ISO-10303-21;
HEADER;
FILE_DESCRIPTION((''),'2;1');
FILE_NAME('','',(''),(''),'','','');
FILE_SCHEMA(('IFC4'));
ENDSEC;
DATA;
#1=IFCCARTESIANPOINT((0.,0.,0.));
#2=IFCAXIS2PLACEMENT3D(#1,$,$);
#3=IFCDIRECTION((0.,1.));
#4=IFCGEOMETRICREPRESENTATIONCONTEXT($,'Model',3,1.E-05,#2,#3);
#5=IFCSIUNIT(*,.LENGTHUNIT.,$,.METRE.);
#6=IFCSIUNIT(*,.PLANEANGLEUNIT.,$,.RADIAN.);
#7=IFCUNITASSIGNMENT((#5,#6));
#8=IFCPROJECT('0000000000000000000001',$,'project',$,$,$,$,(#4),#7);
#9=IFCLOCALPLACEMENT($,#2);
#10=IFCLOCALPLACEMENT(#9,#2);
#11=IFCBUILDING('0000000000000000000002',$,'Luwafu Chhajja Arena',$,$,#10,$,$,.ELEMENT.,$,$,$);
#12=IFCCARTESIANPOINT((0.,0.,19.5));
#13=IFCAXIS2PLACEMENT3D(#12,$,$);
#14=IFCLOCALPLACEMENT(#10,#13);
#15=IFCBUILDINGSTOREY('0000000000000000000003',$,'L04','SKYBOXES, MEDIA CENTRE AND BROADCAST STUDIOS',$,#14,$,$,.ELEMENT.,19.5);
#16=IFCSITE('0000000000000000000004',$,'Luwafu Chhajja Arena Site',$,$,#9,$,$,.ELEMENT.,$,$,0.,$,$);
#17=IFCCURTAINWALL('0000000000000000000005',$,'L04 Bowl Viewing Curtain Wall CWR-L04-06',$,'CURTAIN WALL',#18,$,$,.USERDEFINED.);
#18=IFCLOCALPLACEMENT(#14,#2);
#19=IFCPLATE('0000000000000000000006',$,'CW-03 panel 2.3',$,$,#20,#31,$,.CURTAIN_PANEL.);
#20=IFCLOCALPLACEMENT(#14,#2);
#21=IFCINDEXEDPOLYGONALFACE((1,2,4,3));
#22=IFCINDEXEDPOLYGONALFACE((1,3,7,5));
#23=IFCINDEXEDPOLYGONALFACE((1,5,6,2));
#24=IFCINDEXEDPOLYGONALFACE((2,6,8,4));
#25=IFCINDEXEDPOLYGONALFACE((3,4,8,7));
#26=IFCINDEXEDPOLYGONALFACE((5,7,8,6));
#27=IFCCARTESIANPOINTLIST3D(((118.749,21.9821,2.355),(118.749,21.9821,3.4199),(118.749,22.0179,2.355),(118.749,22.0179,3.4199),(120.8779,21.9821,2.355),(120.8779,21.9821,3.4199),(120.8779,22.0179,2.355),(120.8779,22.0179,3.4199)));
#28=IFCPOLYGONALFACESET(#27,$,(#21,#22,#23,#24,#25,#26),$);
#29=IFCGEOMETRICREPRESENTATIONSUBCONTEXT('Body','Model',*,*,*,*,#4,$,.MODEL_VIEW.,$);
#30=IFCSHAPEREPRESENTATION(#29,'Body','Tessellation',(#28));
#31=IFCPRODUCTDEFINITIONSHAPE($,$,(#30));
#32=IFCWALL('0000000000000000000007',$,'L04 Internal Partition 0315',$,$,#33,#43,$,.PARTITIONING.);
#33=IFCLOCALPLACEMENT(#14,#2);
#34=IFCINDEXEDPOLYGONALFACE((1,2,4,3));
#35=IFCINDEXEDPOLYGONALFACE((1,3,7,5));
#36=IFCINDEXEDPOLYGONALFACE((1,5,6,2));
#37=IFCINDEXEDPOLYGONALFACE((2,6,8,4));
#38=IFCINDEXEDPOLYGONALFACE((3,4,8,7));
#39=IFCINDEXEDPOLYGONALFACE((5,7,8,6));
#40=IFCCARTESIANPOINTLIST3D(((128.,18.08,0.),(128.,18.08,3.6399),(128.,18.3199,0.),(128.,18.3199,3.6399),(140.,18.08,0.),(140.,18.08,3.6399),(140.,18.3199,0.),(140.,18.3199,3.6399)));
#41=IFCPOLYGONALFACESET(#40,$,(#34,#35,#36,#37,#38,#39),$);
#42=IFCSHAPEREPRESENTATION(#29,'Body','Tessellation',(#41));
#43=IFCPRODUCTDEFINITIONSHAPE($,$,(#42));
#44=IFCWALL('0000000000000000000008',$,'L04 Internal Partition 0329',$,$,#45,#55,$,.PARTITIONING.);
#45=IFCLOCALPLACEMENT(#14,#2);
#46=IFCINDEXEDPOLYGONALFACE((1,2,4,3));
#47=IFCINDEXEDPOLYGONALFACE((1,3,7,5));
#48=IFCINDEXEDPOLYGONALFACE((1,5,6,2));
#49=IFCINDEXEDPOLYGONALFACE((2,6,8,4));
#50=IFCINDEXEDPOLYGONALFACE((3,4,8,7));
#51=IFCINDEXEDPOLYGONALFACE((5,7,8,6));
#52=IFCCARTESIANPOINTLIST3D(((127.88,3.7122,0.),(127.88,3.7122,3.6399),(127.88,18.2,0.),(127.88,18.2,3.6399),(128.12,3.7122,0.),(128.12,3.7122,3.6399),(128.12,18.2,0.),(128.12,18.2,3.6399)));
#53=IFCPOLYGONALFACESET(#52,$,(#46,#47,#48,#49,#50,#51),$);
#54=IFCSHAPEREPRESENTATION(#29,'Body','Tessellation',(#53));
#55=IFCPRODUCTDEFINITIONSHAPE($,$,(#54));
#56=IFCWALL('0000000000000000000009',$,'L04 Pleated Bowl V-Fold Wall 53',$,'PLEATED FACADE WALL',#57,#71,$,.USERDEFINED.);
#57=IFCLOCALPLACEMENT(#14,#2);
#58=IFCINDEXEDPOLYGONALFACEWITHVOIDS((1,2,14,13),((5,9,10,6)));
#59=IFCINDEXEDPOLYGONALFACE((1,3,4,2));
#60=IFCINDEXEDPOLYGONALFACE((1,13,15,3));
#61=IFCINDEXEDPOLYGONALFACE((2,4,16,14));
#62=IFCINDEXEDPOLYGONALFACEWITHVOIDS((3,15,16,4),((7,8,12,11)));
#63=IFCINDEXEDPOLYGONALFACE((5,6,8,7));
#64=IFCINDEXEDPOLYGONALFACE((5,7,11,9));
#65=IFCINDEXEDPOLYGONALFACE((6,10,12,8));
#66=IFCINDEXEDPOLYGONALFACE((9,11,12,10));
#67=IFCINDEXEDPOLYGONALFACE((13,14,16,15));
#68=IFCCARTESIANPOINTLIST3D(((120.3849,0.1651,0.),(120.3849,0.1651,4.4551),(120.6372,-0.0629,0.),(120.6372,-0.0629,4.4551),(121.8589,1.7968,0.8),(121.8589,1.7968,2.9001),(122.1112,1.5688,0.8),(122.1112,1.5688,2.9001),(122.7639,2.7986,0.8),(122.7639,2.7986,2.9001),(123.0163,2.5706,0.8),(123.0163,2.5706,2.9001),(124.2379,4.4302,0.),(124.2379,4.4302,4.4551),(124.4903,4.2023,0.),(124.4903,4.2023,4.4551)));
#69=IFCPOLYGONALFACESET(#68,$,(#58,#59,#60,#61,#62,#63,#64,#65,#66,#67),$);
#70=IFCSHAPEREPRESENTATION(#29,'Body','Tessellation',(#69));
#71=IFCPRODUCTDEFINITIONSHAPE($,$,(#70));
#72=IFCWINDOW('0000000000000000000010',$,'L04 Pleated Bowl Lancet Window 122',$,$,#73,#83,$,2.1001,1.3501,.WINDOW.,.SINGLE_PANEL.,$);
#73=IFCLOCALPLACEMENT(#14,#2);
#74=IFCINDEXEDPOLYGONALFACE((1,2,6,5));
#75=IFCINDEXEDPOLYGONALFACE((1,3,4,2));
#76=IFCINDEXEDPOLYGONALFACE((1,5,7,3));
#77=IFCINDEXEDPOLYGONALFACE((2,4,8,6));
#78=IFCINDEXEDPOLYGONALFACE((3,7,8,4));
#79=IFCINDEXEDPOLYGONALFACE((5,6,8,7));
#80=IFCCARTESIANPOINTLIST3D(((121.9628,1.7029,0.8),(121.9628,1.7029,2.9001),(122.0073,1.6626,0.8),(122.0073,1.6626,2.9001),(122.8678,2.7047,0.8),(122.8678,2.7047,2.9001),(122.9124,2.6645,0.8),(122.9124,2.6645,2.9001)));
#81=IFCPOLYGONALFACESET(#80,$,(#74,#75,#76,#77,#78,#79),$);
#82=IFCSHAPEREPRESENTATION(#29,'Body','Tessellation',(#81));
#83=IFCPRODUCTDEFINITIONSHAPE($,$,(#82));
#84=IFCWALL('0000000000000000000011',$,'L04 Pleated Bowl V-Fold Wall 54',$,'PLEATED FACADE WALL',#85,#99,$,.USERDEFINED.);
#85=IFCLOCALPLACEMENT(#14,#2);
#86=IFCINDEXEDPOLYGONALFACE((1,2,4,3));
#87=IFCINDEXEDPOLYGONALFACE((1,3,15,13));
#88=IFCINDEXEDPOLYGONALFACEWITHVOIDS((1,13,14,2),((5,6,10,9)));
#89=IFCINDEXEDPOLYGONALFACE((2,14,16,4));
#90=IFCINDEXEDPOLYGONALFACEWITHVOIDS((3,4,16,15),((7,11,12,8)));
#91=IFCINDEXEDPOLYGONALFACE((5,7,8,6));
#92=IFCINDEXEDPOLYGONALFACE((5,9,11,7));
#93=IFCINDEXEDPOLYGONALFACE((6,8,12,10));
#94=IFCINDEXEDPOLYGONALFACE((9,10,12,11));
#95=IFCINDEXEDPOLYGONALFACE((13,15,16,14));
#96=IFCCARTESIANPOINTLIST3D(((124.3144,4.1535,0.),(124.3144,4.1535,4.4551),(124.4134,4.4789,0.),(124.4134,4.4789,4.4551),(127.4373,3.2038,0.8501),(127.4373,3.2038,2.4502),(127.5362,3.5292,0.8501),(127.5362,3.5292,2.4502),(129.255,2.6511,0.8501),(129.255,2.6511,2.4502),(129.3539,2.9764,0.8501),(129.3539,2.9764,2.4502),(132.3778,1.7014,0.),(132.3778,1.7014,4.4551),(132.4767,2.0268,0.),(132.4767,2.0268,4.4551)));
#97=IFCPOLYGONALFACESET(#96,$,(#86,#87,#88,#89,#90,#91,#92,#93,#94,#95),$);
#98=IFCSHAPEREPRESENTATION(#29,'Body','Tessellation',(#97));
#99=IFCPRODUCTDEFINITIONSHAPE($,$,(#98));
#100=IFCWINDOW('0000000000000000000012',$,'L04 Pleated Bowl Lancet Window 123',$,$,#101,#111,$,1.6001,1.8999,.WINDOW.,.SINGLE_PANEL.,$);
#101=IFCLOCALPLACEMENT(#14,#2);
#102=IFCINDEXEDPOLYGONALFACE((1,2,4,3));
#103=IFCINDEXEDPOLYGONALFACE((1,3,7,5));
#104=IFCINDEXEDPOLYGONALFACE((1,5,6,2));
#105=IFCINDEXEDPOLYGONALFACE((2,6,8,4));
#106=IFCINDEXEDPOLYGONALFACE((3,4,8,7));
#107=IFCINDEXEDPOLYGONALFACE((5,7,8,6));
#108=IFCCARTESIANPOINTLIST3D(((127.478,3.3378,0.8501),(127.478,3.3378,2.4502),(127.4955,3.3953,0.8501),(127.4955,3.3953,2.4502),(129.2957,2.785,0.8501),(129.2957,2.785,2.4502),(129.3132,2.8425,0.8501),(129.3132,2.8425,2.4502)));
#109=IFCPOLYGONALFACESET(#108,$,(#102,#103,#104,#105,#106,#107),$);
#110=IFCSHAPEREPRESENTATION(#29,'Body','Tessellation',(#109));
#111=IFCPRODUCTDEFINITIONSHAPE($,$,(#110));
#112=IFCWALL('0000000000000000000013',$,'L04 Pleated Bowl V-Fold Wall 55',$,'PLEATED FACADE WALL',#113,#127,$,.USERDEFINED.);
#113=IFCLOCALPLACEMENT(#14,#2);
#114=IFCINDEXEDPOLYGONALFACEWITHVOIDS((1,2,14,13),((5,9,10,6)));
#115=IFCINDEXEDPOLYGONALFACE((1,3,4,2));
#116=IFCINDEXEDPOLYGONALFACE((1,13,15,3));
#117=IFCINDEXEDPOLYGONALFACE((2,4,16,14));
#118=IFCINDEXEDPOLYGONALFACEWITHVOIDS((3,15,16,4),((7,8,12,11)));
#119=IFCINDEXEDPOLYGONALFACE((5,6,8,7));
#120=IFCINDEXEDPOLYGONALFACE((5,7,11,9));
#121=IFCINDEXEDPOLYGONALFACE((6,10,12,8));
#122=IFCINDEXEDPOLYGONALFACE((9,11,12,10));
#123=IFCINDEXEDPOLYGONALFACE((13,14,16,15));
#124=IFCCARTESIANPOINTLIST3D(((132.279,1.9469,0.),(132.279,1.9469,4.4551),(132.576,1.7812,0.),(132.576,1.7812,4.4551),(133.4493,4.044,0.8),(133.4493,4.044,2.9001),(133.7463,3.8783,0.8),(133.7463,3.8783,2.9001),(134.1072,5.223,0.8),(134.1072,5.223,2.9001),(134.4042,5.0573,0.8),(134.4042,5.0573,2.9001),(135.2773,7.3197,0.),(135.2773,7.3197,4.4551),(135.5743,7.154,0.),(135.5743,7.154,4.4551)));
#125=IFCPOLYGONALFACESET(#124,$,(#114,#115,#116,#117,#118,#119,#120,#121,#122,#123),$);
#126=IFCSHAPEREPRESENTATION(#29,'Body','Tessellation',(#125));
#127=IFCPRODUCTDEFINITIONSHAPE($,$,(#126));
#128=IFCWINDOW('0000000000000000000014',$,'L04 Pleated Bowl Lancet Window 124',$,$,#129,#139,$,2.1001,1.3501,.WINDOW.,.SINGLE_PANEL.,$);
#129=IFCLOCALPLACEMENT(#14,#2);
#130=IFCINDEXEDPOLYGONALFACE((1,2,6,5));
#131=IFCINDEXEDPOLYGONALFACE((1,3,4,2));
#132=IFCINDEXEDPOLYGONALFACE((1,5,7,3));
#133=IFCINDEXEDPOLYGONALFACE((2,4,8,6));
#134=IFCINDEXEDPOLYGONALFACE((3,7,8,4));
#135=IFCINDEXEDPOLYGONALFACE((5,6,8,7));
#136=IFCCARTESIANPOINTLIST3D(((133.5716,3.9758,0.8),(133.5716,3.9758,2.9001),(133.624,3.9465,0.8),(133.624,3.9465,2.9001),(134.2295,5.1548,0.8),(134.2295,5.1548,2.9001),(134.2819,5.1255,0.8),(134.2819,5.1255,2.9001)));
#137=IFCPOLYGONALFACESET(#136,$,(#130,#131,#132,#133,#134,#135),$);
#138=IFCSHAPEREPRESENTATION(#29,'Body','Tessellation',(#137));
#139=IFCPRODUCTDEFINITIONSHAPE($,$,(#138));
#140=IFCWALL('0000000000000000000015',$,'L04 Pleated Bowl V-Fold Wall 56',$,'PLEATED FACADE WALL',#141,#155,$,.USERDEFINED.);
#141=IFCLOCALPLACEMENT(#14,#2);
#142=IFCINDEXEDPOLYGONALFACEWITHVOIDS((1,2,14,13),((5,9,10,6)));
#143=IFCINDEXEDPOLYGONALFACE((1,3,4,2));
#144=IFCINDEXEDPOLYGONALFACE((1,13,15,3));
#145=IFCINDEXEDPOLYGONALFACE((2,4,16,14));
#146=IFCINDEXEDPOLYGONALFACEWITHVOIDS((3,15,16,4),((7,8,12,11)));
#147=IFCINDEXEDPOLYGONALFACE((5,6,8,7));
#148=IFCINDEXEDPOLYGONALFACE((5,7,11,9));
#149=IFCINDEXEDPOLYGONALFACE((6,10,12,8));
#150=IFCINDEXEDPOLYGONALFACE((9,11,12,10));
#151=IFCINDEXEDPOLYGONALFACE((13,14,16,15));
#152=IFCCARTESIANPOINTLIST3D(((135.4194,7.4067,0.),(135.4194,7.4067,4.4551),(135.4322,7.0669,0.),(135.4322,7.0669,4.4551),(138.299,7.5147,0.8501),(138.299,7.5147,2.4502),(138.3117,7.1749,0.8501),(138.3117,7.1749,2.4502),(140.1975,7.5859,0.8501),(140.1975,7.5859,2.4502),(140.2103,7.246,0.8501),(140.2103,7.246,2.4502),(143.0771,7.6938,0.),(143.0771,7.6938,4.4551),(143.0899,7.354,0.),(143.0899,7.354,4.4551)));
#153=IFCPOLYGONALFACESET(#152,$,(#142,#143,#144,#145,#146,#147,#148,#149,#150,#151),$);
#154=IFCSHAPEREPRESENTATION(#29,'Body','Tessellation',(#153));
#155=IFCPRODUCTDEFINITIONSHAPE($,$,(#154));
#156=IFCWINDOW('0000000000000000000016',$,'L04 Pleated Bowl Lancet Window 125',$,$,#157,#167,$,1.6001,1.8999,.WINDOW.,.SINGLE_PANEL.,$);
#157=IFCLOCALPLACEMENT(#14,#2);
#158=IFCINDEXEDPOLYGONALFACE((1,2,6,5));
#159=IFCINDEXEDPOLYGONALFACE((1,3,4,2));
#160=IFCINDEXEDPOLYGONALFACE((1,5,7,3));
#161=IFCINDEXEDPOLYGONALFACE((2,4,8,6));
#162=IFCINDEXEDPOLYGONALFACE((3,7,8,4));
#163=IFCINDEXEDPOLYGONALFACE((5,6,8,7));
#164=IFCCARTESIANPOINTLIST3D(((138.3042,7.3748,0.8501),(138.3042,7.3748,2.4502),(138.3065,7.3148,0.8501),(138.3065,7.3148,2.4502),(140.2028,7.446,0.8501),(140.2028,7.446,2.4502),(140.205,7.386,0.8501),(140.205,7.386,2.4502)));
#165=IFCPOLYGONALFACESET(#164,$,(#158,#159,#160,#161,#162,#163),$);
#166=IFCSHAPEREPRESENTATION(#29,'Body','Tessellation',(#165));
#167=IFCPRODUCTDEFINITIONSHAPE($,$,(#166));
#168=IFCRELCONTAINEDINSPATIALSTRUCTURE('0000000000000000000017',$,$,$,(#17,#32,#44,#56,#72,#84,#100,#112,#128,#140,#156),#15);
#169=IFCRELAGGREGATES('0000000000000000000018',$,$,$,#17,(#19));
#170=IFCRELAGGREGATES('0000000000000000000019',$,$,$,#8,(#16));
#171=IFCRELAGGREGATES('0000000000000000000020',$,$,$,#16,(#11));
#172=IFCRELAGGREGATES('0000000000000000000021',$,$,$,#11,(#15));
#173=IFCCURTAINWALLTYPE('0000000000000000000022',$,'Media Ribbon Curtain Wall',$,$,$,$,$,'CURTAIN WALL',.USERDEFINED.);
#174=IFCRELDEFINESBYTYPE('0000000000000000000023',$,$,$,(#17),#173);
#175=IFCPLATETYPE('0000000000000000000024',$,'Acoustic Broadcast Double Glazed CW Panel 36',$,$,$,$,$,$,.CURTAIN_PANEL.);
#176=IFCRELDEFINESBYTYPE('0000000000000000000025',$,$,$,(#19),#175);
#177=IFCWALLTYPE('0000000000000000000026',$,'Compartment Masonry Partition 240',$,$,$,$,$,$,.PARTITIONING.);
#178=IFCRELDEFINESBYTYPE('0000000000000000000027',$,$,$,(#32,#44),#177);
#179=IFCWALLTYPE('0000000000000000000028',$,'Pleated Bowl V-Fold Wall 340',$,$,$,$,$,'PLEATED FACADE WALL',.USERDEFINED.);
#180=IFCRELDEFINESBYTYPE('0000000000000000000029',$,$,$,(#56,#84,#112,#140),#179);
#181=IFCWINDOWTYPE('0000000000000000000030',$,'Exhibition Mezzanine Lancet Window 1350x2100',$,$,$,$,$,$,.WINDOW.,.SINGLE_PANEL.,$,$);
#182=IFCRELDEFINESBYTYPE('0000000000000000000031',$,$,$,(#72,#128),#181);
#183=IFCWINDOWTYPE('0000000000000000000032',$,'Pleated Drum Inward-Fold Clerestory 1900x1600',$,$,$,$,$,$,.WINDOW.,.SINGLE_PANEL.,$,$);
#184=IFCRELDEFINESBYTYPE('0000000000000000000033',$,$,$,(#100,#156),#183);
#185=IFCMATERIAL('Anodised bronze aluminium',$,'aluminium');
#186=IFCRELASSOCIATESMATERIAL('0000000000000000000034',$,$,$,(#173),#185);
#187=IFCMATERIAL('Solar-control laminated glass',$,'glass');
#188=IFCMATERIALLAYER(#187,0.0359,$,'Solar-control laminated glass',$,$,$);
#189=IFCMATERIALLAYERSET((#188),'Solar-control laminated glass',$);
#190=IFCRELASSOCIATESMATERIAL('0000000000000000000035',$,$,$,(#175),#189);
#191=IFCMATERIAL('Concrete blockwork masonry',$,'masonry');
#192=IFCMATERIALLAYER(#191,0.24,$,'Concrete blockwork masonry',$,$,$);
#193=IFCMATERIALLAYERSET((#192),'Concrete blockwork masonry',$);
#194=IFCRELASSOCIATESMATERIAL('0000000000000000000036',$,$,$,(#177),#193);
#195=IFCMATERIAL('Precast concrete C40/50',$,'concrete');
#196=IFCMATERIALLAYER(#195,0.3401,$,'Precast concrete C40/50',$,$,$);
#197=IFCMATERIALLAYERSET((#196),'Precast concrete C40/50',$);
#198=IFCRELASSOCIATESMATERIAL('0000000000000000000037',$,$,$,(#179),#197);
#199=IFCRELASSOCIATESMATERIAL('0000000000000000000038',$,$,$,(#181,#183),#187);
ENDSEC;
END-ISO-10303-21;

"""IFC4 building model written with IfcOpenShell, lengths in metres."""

from ifc_helpers import new_model, si_unit, direction, frame, frame_2d, origin, origin_2d, place, context, subcontext, project, spatial, rectangle, extrude, material, layer, layer_set, type_object, element, fill, aggregate, save


model = new_model("IFC4")

# Units and contexts
model_context = context("Model", 3, precision=1e-05, world=origin(), true_north=direction((0.0, 1.0)))
body_context = subcontext(model_context, "Body", "Model", "MODEL_VIEW")
ifc_project = project(units=[si_unit("LENGTHUNIT", "METRE"), si_unit("PLANEANGLEUNIT", "RADIAN")], contexts=[model_context])

# Site, building, storey
site_placement = place(None, origin())
site = spatial("IfcSite", under=ifc_project, at=site_placement, Name="Luwafu Chhajja Arena Site", CompositionType="ELEMENT", RefElevation=0.0)
building_placement = place(site_placement, origin())
building = spatial("IfcBuilding", under=site, at=building_placement, Name="Luwafu Chhajja Arena", CompositionType="ELEMENT")
storey_placement = place(building_placement, frame((0.0, 0.0, 19.5)))
storey = spatial("IfcBuildingStorey", under=building, at=storey_placement, Name="L04", Description="SKYBOXES, MEDIA CENTRE AND BROADCAST STUDIOS", CompositionType="ELEMENT", Elevation=19.5)

# Curtain wall
ifc_material_1 = material(Name="Anodised bronze aluminium", Category="aluminium")
curtain_wall_type = type_object("IfcCurtainWallType", Name="Media Ribbon Curtain Wall", ElementType="CURTAIN WALL", PredefinedType="USERDEFINED", material=ifc_material_1)
curtain_wall_placement = place(storey_placement, origin())
curtain_wall = element("IfcCurtainWall", 1, at=curtain_wall_placement, inside=storey, type_object=curtain_wall_type, Name="L04 Bowl Viewing Curtain Wall CWR-L04-06", ObjectType="CURTAIN WALL", PredefinedType="USERDEFINED")

# Plate
ifc_material_2 = material(Name="Solar-control laminated glass", Category="glass")
ifc_layer_1 = layer(ifc_material_2, 0.0359, Name="Solar-control laminated glass")
ifc_layer_set_1 = layer_set([ifc_layer_1], Name="Solar-control laminated glass")
plate_type = type_object("IfcPlateType", Name="Acoustic Broadcast Double Glazed CW Panel 36", PredefinedType="CURTAIN_PANEL", material=ifc_layer_set_1)
plate_1_placement = place(storey_placement, frame((119.8135, 22.0, 2.355), z_axis=(0.0, 0.0, 1.0), x_axis=(1.0, 0.0, 0.0)))
plate_1 = element("IfcPlate", 2, at=plate_1_placement, type_object=plate_type, Name="CW-03 panel 2.3", PredefinedType="CURTAIN_PANEL", context=body_context, shape_type="SweptSolid", body=[
    extrude(rectangle(XDim=2.1289, YDim=0.0359, at=origin_2d()), origin(), (0.0, 0.0, 1.0), 1.0649),
])
aggregate(curtain_wall, [plate_1])

# Walls
ifc_material_3 = material(Name="Concrete blockwork masonry", Category="masonry")
ifc_layer_2 = layer(ifc_material_3, 0.24, Name="Concrete blockwork masonry")
ifc_layer_set_2 = layer_set([ifc_layer_2], Name="Concrete blockwork masonry")
wall_type_1 = type_object("IfcWallType", Name="Compartment Masonry Partition 240", PredefinedType="PARTITIONING", material=ifc_layer_set_2)
wall_1_placement = place(storey_placement, frame((128.0, 18.2, 0.0), z_axis=(0.0, 0.0, 1.0), x_axis=(1.0, 0.0, 0.0)))
element("IfcWall", 3, at=wall_1_placement, inside=storey, type_object=wall_type_1, Name="L04 Internal Partition 0315", PredefinedType="PARTITIONING", context=body_context, shape_type="SweptSolid", body=[
    extrude(rectangle(XDim=12.0, YDim=0.24, at=frame_2d((6.0, 0.0))), origin(), (0.0, 0.0, 1.0), 3.6399),
])
wall_2_placement = place(storey_placement, frame((128.0, 3.7122, 0.0), z_axis=(0.0, 0.0, 1.0), x_axis=(0.0, 1.0, 0.0)))
element("IfcWall", 4, at=wall_2_placement, inside=storey, type_object=wall_type_1, Name="L04 Internal Partition 0329", PredefinedType="PARTITIONING", context=body_context, shape_type="SweptSolid", body=[
    extrude(rectangle(XDim=14.4878, YDim=0.24, at=frame_2d((7.2439, 0.0))), origin(), (0.0, 0.0, 1.0), 3.6399),
])

# Walls, openings, windows
ifc_material_4 = material(Name="Precast concrete C40/50", Category="concrete")
ifc_layer_3 = layer(ifc_material_4, 0.3401, Name="Precast concrete C40/50")
ifc_layer_set_3 = layer_set([ifc_layer_3], Name="Precast concrete C40/50")
wall_type_2 = type_object("IfcWallType", Name="Pleated Bowl V-Fold Wall 340", ElementType="PLEATED FACADE WALL", PredefinedType="USERDEFINED", material=ifc_layer_set_3)
wall_3_placement = place(storey_placement, frame((120.511, 0.051, 0.0), z_axis=(0.0, 0.0, 1.0), x_axis=(0.670348, 0.742047, 0.0)))
wall_3 = element("IfcWall", 5, at=wall_3_placement, inside=storey, type_object=wall_type_2, Name="L04 Pleated Bowl V-Fold Wall 53", ObjectType="PLEATED FACADE WALL", PredefinedType="USERDEFINED", context=body_context, shape_type="SweptSolid", body=[
    extrude(rectangle(XDim=5.7478, YDim=0.3401, at=frame_2d((2.874, 0.0))), origin(), (0.0, 0.0, 1.0), 4.4551),
])
opening_1_placement = place(wall_3_placement, frame((2.199, 0.0, 0.8)))
opening_1 = element("IfcOpeningElement", 6, at=opening_1_placement, cuts=wall_3, PredefinedType="OPENING", context=body_context, shape_type="SweptSolid", body=[
    extrude(rectangle(XDim=1.3501, YDim=2.1001, at=frame_2d((0.675, 1.05))), frame((0.0, 0.1799, 0.0), z_axis=(0.0, -1.0, 0.0), x_axis=(1.0, 0.0, 0.0)), (0.0, 0.0, 1.0), 0.3601),
])
window_type_1 = type_object("IfcWindowType", Name="Exhibition Mezzanine Lancet Window 1350x2100", PartitioningType="SINGLE_PANEL", PredefinedType="WINDOW", material=ifc_material_2)
window_1_placement = place(opening_1_placement, origin())
window_1 = element("IfcWindow", 7, at=window_1_placement, inside=storey, type_object=window_type_1, Name="L04 Pleated Bowl Lancet Window 122", OverallHeight=2.1001, OverallWidth=1.3501, PartitioningType="SINGLE_PANEL", PredefinedType="WINDOW", context=body_context, shape_type="SweptSolid", body=[
    extrude(rectangle(XDim=1.3501, YDim=2.1001, at=frame_2d((0.675, 1.05))), frame((0.0, 0.03, 0.0), z_axis=(0.0, -1.0, 0.0), x_axis=(1.0, 0.0, 0.0)), (0.0, 0.0, 1.0), 0.0601),
])
fill(opening_1, window_1)
wall_4_placement = place(storey_placement, frame((124.364, 4.3162, 0.0), z_axis=(0.0, 0.0, 1.0), x_axis=(0.956738, -0.29095, 0.0)))
wall_4 = element("IfcWall", 8, at=wall_4_placement, inside=storey, type_object=wall_type_2, Name="L04 Pleated Bowl V-Fold Wall 54", ObjectType="PLEATED FACADE WALL", PredefinedType="USERDEFINED", context=body_context, shape_type="SweptSolid", body=[
    extrude(rectangle(XDim=8.428, YDim=0.3401, at=frame_2d((4.2139, 0.0))), origin(), (0.0, 0.0, 1.0), 4.4551),
])
opening_2_placement = place(wall_4_placement, frame((3.2639, 0.0, 0.8501)))
opening_2 = element("IfcOpeningElement", 9, at=opening_2_placement, cuts=wall_4, PredefinedType="OPENING", context=body_context, shape_type="SweptSolid", body=[
    extrude(rectangle(XDim=1.8999, YDim=1.6001, at=frame_2d((0.95, 0.8))), frame((0.0, 0.1799, 0.0), z_axis=(0.0, -1.0, 0.0), x_axis=(1.0, 0.0, 0.0)), (0.0, 0.0, 1.0), 0.3601),
])
window_type_2 = type_object("IfcWindowType", Name="Pleated Drum Inward-Fold Clerestory 1900x1600", PartitioningType="SINGLE_PANEL", PredefinedType="WINDOW", material=ifc_material_2)
window_2_placement = place(opening_2_placement, origin())
window_2 = element("IfcWindow", 10, at=window_2_placement, inside=storey, type_object=window_type_2, Name="L04 Pleated Bowl Lancet Window 123", OverallHeight=1.6001, OverallWidth=1.8999, PartitioningType="SINGLE_PANEL", PredefinedType="WINDOW", context=body_context, shape_type="SweptSolid", body=[
    extrude(rectangle(XDim=1.8999, YDim=1.6001, at=frame_2d((0.95, 0.8))), frame((0.0, 0.03, 0.0), z_axis=(0.0, -1.0, 0.0), x_axis=(1.0, 0.0, 0.0)), (0.0, 0.0, 1.0), 0.0601),
])
fill(opening_2, window_2)
wall_5_placement = place(storey_placement, frame((132.4275, 1.864, 0.0), z_axis=(0.0, 0.0, 1.0), x_axis=(0.487306, 0.873231, 0.0)))
wall_5 = element("IfcWall", 11, at=wall_5_placement, inside=storey, type_object=wall_type_2, Name="L04 Pleated Bowl V-Fold Wall 55", ObjectType="PLEATED FACADE WALL", PredefinedType="USERDEFINED", context=body_context, shape_type="SweptSolid", body=[
    extrude(rectangle(XDim=6.1528, YDim=0.3401, at=frame_2d((3.0764, 0.0))), origin(), (0.0, 0.0, 1.0), 4.4551),
])
opening_3_placement = place(wall_5_placement, frame((2.4016, 0.0, 0.8)))
opening_3 = element("IfcOpeningElement", 12, at=opening_3_placement, cuts=wall_5, PredefinedType="OPENING", context=body_context, shape_type="SweptSolid", body=[
    extrude(rectangle(XDim=1.3501, YDim=2.1001, at=frame_2d((0.675, 1.05))), frame((0.0, 0.1799, 0.0), z_axis=(0.0, -1.0, 0.0), x_axis=(1.0, 0.0, 0.0)), (0.0, 0.0, 1.0), 0.3601),
])
window_3_placement = place(opening_3_placement, origin())
window_3 = element("IfcWindow", 13, at=window_3_placement, inside=storey, type_object=window_type_1, Name="L04 Pleated Bowl Lancet Window 124", OverallHeight=2.1001, OverallWidth=1.3501, PartitioningType="SINGLE_PANEL", PredefinedType="WINDOW", context=body_context, shape_type="SweptSolid", body=[
    extrude(rectangle(XDim=1.3501, YDim=2.1001, at=frame_2d((0.675, 1.05))), frame((0.0, 0.03, 0.0), z_axis=(0.0, -1.0, 0.0), x_axis=(1.0, 0.0, 0.0)), (0.0, 0.0, 1.0), 0.0601),
])
fill(opening_3, window_3)
wall_6_placement = place(storey_placement, frame((135.4258, 7.2368, 0.0), z_axis=(0.0, 0.0, 1.0), x_axis=(0.999298, 0.037467, 0.0)))
wall_6 = element("IfcWall", 14, at=wall_6_placement, inside=storey, type_object=wall_type_2, Name="L04 Pleated Bowl V-Fold Wall 56", ObjectType="PLEATED FACADE WALL", PredefinedType="USERDEFINED", context=body_context, shape_type="SweptSolid", body=[
    extrude(rectangle(XDim=7.6631, YDim=0.3401, at=frame_2d((3.8315, 0.0))), origin(), (0.0, 0.0, 1.0), 4.4551),
])
opening_4_placement = place(wall_6_placement, frame((2.8816, 0.0, 0.8501)))
opening_4 = element("IfcOpeningElement", 15, at=opening_4_placement, cuts=wall_6, PredefinedType="OPENING", context=body_context, shape_type="SweptSolid", body=[
    extrude(rectangle(XDim=1.8999, YDim=1.6001, at=frame_2d((0.95, 0.8))), frame((0.0, 0.1799, 0.0), z_axis=(0.0, -1.0, 0.0), x_axis=(1.0, 0.0, 0.0)), (0.0, 0.0, 1.0), 0.3601),
])
window_4_placement = place(opening_4_placement, origin())
window_4 = element("IfcWindow", 16, at=window_4_placement, inside=storey, type_object=window_type_2, Name="L04 Pleated Bowl Lancet Window 125", OverallHeight=1.6001, OverallWidth=1.8999, PartitioningType="SINGLE_PANEL", PredefinedType="WINDOW", context=body_context, shape_type="SweptSolid", body=[
    extrude(rectangle(XDim=1.8999, YDim=1.6001, at=frame_2d((0.95, 0.8))), frame((0.0, 0.03, 0.0), z_axis=(0.0, -1.0, 0.0), x_axis=(1.0, 0.0, 0.0)), (0.0, 0.0, 1.0), 0.0601),
])
fill(opening_4, window_4)

save(model, "model.ifc")
